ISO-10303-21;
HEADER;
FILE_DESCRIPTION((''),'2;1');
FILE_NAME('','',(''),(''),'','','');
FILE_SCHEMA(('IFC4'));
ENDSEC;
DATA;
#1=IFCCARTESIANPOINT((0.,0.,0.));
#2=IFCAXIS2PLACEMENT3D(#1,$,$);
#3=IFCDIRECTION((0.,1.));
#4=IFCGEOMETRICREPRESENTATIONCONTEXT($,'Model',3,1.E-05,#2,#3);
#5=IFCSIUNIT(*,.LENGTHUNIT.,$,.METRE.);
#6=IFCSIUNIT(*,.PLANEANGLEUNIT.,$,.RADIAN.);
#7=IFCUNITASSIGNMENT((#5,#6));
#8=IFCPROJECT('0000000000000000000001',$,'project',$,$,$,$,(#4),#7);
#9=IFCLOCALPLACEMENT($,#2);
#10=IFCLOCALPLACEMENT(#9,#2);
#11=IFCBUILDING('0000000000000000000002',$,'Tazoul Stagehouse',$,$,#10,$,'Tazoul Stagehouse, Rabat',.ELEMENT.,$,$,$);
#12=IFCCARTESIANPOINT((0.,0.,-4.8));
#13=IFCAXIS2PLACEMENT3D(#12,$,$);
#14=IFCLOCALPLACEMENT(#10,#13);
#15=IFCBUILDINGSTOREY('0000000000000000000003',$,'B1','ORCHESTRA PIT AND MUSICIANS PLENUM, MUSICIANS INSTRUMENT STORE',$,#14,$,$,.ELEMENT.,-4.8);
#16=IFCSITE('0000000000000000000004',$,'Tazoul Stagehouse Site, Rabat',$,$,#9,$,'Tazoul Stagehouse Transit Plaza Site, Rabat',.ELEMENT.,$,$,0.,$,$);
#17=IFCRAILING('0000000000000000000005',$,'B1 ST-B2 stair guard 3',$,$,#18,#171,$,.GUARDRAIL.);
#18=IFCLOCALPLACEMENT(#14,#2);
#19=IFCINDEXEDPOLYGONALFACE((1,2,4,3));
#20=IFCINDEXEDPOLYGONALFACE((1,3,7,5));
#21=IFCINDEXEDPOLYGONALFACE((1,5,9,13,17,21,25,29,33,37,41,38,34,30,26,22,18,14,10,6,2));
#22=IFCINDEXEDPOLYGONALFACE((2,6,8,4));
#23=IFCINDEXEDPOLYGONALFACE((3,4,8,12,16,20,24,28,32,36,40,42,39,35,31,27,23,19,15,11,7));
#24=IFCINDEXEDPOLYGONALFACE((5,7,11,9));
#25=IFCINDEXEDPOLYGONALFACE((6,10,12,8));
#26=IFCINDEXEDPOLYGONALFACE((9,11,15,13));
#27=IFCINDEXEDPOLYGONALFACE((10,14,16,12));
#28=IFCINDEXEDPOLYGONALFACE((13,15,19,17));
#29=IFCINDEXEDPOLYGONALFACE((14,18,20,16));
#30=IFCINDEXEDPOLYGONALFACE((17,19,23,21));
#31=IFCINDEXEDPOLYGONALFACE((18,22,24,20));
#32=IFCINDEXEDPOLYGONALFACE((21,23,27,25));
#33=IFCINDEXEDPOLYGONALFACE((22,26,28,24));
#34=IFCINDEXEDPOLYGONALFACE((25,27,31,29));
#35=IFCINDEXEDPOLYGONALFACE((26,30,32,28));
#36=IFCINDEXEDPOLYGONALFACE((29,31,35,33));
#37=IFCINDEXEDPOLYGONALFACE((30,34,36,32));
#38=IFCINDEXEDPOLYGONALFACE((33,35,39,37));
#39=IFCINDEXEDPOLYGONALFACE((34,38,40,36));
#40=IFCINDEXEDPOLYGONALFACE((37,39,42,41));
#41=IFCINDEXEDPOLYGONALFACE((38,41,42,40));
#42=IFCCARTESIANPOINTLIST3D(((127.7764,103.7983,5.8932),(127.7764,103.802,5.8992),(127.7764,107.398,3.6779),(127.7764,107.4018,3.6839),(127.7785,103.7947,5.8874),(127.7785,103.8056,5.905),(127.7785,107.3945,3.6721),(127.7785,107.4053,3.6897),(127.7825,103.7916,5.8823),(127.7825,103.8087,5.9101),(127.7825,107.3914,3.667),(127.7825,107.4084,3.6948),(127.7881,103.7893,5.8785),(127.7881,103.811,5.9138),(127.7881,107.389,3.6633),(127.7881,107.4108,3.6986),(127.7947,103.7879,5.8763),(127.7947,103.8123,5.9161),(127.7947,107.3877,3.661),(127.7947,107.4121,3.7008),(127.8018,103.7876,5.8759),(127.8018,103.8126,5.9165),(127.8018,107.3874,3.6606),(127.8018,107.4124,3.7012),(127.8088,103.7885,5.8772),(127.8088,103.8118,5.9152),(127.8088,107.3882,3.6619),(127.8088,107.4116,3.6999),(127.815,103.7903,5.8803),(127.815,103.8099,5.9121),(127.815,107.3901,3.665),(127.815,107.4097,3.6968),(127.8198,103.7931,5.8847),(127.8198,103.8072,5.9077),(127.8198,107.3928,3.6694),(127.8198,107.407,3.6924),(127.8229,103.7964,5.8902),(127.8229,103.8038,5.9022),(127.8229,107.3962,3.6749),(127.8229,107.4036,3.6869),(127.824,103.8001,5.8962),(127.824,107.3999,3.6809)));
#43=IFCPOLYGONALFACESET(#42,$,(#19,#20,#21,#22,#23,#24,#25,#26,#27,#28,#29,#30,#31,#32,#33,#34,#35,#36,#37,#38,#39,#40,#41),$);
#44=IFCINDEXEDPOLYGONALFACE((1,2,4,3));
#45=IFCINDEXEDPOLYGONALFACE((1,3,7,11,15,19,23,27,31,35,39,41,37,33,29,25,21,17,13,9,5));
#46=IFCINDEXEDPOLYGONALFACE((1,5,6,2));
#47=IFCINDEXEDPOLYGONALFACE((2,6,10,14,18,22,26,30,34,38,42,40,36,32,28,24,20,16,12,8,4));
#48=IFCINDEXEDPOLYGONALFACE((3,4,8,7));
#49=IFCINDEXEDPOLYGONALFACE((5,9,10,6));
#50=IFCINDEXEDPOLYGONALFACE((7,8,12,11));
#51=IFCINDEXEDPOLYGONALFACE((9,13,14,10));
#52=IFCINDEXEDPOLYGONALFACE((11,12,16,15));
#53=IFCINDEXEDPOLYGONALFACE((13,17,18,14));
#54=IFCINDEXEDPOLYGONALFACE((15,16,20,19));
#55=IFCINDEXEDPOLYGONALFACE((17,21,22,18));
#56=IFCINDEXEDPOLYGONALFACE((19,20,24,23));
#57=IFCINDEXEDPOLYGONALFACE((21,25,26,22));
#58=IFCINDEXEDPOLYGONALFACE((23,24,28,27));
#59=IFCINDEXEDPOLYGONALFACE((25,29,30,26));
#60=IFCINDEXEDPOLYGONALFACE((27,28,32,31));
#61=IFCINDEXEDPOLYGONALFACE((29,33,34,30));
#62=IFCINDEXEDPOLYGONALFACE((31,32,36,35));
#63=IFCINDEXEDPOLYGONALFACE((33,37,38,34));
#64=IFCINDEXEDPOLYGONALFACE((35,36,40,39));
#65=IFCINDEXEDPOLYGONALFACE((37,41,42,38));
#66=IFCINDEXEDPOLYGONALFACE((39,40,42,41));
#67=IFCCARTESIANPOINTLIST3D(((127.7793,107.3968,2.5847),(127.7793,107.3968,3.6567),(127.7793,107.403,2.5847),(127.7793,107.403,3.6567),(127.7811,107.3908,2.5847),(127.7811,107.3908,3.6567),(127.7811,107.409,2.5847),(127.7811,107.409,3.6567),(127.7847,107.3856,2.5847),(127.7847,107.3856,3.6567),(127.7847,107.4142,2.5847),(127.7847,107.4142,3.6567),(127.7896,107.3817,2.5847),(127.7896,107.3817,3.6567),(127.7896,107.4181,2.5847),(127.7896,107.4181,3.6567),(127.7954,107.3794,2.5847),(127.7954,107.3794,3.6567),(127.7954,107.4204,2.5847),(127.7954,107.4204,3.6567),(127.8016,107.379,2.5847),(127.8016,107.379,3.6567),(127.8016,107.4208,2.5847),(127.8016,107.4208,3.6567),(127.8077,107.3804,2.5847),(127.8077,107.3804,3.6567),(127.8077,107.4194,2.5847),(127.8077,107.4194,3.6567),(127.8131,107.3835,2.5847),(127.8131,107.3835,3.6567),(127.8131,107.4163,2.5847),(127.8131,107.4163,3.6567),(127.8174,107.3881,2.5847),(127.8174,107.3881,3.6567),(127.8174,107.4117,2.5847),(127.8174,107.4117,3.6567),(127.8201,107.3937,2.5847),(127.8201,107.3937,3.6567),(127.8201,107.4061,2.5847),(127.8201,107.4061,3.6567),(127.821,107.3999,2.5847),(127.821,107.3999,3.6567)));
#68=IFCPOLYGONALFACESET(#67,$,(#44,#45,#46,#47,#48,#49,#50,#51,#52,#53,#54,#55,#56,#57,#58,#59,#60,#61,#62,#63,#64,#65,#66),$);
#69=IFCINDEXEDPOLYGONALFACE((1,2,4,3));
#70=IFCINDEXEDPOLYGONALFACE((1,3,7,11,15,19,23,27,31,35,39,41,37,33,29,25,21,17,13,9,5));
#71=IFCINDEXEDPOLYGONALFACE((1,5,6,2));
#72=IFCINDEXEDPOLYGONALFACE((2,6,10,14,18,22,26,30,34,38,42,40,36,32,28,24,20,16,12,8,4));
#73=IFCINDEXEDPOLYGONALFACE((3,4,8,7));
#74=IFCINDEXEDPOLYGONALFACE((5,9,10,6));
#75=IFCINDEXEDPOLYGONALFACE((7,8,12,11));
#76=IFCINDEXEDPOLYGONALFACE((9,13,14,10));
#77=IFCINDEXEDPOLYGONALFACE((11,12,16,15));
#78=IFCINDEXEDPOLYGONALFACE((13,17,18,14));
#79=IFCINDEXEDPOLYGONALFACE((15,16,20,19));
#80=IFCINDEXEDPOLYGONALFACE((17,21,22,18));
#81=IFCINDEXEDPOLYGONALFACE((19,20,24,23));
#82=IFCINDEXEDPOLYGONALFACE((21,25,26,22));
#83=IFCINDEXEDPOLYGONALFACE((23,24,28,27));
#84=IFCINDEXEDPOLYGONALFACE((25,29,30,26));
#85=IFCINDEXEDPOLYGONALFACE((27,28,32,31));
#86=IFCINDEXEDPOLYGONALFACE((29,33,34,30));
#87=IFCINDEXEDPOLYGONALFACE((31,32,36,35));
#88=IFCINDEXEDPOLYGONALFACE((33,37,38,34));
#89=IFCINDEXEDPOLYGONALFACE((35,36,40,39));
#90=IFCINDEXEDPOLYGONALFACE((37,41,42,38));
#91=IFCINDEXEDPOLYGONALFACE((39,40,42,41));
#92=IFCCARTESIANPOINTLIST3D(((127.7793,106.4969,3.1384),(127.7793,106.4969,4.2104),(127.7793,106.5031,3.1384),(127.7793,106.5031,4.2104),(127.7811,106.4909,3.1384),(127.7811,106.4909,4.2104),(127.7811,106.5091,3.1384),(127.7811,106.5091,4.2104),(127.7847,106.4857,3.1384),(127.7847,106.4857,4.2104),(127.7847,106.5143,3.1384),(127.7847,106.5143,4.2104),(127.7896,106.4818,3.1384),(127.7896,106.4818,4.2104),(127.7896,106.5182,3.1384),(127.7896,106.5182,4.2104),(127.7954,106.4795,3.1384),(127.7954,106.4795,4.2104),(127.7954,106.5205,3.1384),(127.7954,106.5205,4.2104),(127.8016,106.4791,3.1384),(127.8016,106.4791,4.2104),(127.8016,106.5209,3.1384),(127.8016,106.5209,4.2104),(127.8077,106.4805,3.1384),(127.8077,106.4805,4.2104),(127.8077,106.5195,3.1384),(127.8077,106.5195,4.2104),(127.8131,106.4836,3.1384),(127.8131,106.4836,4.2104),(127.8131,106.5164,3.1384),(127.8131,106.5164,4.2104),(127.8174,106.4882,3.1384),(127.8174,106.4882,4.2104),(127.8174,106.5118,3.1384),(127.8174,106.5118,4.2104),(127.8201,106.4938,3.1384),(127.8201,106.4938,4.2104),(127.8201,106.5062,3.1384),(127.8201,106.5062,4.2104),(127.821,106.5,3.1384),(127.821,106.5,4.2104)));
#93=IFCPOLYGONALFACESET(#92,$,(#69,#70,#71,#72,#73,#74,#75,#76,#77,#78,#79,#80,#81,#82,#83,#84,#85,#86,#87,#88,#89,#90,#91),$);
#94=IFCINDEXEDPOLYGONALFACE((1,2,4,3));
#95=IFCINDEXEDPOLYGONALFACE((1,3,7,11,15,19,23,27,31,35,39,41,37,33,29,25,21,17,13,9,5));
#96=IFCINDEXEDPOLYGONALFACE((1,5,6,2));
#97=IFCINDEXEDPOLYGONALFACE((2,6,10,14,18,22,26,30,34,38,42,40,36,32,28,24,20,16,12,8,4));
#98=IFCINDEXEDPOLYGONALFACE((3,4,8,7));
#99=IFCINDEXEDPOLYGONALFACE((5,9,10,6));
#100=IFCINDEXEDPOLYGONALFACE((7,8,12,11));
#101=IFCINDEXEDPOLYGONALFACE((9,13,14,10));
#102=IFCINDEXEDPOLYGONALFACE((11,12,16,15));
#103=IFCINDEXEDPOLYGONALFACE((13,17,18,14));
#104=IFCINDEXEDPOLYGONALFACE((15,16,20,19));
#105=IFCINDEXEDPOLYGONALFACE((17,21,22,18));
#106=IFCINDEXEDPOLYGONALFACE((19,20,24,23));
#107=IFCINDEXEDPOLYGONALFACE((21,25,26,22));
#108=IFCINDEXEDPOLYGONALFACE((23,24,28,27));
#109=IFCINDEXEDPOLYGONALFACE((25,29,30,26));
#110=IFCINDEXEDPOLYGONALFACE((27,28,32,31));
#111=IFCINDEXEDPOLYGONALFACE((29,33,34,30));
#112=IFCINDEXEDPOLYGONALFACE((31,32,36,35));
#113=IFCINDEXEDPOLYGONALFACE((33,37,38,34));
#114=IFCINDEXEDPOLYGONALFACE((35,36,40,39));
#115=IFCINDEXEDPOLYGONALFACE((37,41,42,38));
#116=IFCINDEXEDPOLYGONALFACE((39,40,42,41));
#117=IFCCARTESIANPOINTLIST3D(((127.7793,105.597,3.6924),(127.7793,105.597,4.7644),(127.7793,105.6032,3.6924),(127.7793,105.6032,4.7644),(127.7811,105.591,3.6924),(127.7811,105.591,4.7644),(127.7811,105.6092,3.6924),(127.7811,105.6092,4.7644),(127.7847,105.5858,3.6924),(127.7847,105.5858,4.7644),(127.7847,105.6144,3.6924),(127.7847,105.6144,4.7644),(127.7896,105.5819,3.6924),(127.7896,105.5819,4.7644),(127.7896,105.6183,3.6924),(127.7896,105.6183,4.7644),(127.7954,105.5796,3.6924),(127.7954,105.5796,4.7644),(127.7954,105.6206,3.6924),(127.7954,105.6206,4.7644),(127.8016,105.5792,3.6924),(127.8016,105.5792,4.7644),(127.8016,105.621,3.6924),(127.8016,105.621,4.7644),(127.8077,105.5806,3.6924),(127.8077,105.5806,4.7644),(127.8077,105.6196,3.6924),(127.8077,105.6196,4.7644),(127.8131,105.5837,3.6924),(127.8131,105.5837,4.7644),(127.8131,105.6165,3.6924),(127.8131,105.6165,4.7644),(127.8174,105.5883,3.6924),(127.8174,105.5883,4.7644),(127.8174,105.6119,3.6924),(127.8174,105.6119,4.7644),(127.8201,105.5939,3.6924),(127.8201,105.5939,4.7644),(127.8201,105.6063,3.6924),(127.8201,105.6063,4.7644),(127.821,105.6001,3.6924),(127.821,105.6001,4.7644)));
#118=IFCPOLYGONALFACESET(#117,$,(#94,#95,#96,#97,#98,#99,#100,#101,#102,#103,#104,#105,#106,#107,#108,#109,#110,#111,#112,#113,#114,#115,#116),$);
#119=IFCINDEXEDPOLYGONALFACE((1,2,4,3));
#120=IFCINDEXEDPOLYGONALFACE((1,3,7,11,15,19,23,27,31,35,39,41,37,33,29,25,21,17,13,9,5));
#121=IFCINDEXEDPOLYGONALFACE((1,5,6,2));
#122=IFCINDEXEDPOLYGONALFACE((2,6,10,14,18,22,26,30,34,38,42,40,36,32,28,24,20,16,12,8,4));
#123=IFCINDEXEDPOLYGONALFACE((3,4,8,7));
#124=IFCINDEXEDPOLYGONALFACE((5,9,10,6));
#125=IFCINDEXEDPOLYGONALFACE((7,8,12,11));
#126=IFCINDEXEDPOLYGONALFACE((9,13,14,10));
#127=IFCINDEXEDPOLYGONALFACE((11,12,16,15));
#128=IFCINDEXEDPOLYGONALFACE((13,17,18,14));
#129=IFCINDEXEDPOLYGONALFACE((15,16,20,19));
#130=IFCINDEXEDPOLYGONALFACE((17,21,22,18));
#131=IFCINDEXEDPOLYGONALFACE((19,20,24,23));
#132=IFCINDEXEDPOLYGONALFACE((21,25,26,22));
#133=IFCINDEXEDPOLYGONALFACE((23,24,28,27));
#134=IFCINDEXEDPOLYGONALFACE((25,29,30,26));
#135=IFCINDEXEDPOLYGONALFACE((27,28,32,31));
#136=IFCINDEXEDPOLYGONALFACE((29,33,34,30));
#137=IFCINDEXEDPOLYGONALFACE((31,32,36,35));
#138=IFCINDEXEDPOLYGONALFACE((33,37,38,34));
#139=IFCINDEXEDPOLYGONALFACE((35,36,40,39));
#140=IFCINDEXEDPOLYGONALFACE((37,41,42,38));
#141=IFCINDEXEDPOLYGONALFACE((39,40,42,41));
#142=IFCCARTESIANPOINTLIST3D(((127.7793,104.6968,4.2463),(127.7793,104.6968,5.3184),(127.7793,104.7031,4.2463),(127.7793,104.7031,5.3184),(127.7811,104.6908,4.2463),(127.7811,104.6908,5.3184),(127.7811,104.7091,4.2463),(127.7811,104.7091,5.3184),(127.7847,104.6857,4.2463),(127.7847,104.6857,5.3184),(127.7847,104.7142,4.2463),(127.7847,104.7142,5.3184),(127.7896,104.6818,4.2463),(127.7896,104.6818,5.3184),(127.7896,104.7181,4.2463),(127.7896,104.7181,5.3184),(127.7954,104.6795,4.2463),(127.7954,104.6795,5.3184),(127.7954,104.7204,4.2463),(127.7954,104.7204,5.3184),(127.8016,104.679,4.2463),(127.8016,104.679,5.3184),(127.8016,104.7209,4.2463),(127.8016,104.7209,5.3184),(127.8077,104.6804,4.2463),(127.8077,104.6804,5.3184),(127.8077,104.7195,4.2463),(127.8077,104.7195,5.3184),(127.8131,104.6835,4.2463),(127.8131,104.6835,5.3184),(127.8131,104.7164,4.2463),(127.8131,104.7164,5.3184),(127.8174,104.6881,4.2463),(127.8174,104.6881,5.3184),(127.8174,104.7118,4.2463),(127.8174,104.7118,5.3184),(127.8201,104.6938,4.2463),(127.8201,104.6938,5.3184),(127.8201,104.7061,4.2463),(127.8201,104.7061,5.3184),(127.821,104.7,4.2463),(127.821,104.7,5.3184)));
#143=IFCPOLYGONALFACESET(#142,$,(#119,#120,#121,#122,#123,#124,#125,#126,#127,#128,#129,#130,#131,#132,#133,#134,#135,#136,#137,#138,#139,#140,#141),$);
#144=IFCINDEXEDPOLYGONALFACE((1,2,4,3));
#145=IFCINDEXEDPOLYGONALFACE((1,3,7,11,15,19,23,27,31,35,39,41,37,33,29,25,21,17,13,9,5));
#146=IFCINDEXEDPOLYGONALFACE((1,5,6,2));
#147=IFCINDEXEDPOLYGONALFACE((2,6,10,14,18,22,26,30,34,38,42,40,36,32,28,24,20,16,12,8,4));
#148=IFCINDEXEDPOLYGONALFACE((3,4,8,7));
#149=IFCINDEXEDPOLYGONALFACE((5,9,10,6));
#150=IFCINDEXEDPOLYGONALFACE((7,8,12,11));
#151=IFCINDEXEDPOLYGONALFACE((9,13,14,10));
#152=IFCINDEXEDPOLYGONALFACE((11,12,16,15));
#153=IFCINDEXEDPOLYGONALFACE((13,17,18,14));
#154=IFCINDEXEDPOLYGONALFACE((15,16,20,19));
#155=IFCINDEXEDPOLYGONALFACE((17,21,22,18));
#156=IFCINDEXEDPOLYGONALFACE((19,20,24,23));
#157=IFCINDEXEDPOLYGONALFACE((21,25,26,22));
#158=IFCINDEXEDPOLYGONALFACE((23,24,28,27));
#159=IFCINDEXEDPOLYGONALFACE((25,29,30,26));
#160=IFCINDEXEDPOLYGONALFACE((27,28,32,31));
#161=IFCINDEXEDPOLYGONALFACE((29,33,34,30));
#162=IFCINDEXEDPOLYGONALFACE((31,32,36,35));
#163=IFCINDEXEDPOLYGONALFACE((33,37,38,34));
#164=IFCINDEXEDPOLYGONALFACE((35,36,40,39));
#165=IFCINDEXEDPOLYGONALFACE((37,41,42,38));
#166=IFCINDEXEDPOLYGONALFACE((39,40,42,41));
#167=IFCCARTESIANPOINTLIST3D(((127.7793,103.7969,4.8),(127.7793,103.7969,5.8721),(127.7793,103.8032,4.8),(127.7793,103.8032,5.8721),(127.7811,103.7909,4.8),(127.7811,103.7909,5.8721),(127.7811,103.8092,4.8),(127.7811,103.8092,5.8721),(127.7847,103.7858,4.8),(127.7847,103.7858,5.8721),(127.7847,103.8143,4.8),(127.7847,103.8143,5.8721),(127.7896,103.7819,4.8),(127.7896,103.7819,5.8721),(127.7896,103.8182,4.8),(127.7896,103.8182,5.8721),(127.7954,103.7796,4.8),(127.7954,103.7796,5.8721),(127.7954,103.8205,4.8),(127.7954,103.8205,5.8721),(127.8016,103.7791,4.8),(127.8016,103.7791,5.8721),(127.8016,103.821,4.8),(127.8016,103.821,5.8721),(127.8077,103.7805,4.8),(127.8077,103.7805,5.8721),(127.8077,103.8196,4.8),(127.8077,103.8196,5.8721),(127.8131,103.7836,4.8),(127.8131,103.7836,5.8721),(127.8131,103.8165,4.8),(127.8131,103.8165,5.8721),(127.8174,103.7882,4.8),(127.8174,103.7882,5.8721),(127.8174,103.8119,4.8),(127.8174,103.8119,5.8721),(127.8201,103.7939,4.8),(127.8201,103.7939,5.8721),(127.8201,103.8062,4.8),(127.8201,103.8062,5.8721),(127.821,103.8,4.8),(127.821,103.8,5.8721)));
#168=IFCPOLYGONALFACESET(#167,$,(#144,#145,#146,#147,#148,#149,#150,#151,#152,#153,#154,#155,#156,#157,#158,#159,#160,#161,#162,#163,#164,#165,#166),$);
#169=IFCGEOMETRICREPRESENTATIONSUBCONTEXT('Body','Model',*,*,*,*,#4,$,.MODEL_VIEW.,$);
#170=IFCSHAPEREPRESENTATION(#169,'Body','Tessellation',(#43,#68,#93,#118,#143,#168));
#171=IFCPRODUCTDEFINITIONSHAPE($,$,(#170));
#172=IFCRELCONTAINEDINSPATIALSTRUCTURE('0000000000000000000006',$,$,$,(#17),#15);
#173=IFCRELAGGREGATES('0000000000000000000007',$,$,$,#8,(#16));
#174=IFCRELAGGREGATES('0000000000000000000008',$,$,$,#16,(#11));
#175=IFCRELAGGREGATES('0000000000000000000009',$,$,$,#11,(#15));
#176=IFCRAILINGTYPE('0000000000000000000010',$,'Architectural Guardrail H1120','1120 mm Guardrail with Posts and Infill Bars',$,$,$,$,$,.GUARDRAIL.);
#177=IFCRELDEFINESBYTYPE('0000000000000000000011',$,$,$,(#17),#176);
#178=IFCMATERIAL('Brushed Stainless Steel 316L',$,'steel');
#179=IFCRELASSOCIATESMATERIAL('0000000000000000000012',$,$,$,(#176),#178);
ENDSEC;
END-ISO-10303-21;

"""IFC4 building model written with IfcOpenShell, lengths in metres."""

from ifc_helpers import new_model, si_unit, direction, frame, origin, origin_2d, place, context, subcontext, project, spatial, circle, extrude, material, material_profile, profile_set, type_object, element, save


model = new_model("IFC4")

# Units and contexts
model_context = context("Model", 3, precision=1e-05, world=origin(), true_north=direction((0.0, 1.0)))
body_context = subcontext(model_context, "Body", "Model", "MODEL_VIEW")
ifc_project = project(units=[si_unit("LENGTHUNIT", "METRE"), si_unit("PLANEANGLEUNIT", "RADIAN")], contexts=[model_context])

# Site, building, storey
site_placement = place(None, origin())
site = spatial("IfcSite", under=ifc_project, at=site_placement, Name="Tazoul Stagehouse Site, Rabat", LongName="Tazoul Stagehouse Transit Plaza Site, Rabat", CompositionType="ELEMENT", RefElevation=0.0)
building_placement = place(site_placement, origin())
building = spatial("IfcBuilding", under=site, at=building_placement, Name="Tazoul Stagehouse", LongName="Tazoul Stagehouse, Rabat", CompositionType="ELEMENT")
storey_placement = place(building_placement, frame((0.0, 0.0, -4.8)))
storey = spatial("IfcBuildingStorey", under=building, at=storey_placement, Name="B1", Description="ORCHESTRA PIT AND MUSICIANS PLENUM, MUSICIANS INSTRUMENT STORE", CompositionType="ELEMENT", Elevation=-4.8)

# Railing
ifc_material_1 = material(Name="Brushed Stainless Steel 316L", Category="steel")
ifc_material_profile_1 = material_profile(ifc_material_1, circle(Radius=0.0239, at=origin_2d()), Name="SS RAIL D48")
ifc_profile_set_1 = profile_set([ifc_material_profile_1], Name="Brushed Stainless Steel 316L")
railing_type_1 = type_object("IfcRailingType", Name="Architectural Guardrail H1120", Description="1120 mm Guardrail with Posts and Infill Bars", PredefinedType="GUARDRAIL", material=ifc_profile_set_1)
railing_1_placement = place(storey_placement, frame((127.8, 107.3999, 2.5847)))
element("IfcRailing", 1, at=railing_1_placement, inside=storey, type_object=railing_type_1, Name="B1 ST-B2 stair guard 3", PredefinedType="GUARDRAIL", context=body_context, shape_type="SweptSolid", body=[
    extrude(circle(Radius=0.0239, at=origin_2d()), frame((0.0, 0.0, 1.0962), z_axis=(0.0, -0.851654, 0.524104), x_axis=(1.0, 0.0, 0.0)), (0.0, 0.0, 1.0), 4.2268),
    extrude(circle(Radius=0.021, at=origin_2d()), origin(), (0.0, 0.0, 1.0), 1.072),
    extrude(circle(Radius=0.021, at=origin_2d()), frame((0.0, -0.8999, 0.5537)), (0.0, 0.0, 1.0), 1.072),
    extrude(circle(Radius=0.021, at=origin_2d()), frame((0.0, -1.7998, 1.1077)), (0.0, 0.0, 1.0), 1.072),
    extrude(circle(Radius=0.021, at=origin_2d()), frame((0.0, -2.7, 1.6616)), (0.0, 0.0, 1.0), 1.072),
    extrude(circle(Radius=0.021, at=origin_2d()), frame((0.0, -3.5999, 2.2153)), (0.0, 0.0, 1.0), 1.072),
])

save(model, "model.ifc")
